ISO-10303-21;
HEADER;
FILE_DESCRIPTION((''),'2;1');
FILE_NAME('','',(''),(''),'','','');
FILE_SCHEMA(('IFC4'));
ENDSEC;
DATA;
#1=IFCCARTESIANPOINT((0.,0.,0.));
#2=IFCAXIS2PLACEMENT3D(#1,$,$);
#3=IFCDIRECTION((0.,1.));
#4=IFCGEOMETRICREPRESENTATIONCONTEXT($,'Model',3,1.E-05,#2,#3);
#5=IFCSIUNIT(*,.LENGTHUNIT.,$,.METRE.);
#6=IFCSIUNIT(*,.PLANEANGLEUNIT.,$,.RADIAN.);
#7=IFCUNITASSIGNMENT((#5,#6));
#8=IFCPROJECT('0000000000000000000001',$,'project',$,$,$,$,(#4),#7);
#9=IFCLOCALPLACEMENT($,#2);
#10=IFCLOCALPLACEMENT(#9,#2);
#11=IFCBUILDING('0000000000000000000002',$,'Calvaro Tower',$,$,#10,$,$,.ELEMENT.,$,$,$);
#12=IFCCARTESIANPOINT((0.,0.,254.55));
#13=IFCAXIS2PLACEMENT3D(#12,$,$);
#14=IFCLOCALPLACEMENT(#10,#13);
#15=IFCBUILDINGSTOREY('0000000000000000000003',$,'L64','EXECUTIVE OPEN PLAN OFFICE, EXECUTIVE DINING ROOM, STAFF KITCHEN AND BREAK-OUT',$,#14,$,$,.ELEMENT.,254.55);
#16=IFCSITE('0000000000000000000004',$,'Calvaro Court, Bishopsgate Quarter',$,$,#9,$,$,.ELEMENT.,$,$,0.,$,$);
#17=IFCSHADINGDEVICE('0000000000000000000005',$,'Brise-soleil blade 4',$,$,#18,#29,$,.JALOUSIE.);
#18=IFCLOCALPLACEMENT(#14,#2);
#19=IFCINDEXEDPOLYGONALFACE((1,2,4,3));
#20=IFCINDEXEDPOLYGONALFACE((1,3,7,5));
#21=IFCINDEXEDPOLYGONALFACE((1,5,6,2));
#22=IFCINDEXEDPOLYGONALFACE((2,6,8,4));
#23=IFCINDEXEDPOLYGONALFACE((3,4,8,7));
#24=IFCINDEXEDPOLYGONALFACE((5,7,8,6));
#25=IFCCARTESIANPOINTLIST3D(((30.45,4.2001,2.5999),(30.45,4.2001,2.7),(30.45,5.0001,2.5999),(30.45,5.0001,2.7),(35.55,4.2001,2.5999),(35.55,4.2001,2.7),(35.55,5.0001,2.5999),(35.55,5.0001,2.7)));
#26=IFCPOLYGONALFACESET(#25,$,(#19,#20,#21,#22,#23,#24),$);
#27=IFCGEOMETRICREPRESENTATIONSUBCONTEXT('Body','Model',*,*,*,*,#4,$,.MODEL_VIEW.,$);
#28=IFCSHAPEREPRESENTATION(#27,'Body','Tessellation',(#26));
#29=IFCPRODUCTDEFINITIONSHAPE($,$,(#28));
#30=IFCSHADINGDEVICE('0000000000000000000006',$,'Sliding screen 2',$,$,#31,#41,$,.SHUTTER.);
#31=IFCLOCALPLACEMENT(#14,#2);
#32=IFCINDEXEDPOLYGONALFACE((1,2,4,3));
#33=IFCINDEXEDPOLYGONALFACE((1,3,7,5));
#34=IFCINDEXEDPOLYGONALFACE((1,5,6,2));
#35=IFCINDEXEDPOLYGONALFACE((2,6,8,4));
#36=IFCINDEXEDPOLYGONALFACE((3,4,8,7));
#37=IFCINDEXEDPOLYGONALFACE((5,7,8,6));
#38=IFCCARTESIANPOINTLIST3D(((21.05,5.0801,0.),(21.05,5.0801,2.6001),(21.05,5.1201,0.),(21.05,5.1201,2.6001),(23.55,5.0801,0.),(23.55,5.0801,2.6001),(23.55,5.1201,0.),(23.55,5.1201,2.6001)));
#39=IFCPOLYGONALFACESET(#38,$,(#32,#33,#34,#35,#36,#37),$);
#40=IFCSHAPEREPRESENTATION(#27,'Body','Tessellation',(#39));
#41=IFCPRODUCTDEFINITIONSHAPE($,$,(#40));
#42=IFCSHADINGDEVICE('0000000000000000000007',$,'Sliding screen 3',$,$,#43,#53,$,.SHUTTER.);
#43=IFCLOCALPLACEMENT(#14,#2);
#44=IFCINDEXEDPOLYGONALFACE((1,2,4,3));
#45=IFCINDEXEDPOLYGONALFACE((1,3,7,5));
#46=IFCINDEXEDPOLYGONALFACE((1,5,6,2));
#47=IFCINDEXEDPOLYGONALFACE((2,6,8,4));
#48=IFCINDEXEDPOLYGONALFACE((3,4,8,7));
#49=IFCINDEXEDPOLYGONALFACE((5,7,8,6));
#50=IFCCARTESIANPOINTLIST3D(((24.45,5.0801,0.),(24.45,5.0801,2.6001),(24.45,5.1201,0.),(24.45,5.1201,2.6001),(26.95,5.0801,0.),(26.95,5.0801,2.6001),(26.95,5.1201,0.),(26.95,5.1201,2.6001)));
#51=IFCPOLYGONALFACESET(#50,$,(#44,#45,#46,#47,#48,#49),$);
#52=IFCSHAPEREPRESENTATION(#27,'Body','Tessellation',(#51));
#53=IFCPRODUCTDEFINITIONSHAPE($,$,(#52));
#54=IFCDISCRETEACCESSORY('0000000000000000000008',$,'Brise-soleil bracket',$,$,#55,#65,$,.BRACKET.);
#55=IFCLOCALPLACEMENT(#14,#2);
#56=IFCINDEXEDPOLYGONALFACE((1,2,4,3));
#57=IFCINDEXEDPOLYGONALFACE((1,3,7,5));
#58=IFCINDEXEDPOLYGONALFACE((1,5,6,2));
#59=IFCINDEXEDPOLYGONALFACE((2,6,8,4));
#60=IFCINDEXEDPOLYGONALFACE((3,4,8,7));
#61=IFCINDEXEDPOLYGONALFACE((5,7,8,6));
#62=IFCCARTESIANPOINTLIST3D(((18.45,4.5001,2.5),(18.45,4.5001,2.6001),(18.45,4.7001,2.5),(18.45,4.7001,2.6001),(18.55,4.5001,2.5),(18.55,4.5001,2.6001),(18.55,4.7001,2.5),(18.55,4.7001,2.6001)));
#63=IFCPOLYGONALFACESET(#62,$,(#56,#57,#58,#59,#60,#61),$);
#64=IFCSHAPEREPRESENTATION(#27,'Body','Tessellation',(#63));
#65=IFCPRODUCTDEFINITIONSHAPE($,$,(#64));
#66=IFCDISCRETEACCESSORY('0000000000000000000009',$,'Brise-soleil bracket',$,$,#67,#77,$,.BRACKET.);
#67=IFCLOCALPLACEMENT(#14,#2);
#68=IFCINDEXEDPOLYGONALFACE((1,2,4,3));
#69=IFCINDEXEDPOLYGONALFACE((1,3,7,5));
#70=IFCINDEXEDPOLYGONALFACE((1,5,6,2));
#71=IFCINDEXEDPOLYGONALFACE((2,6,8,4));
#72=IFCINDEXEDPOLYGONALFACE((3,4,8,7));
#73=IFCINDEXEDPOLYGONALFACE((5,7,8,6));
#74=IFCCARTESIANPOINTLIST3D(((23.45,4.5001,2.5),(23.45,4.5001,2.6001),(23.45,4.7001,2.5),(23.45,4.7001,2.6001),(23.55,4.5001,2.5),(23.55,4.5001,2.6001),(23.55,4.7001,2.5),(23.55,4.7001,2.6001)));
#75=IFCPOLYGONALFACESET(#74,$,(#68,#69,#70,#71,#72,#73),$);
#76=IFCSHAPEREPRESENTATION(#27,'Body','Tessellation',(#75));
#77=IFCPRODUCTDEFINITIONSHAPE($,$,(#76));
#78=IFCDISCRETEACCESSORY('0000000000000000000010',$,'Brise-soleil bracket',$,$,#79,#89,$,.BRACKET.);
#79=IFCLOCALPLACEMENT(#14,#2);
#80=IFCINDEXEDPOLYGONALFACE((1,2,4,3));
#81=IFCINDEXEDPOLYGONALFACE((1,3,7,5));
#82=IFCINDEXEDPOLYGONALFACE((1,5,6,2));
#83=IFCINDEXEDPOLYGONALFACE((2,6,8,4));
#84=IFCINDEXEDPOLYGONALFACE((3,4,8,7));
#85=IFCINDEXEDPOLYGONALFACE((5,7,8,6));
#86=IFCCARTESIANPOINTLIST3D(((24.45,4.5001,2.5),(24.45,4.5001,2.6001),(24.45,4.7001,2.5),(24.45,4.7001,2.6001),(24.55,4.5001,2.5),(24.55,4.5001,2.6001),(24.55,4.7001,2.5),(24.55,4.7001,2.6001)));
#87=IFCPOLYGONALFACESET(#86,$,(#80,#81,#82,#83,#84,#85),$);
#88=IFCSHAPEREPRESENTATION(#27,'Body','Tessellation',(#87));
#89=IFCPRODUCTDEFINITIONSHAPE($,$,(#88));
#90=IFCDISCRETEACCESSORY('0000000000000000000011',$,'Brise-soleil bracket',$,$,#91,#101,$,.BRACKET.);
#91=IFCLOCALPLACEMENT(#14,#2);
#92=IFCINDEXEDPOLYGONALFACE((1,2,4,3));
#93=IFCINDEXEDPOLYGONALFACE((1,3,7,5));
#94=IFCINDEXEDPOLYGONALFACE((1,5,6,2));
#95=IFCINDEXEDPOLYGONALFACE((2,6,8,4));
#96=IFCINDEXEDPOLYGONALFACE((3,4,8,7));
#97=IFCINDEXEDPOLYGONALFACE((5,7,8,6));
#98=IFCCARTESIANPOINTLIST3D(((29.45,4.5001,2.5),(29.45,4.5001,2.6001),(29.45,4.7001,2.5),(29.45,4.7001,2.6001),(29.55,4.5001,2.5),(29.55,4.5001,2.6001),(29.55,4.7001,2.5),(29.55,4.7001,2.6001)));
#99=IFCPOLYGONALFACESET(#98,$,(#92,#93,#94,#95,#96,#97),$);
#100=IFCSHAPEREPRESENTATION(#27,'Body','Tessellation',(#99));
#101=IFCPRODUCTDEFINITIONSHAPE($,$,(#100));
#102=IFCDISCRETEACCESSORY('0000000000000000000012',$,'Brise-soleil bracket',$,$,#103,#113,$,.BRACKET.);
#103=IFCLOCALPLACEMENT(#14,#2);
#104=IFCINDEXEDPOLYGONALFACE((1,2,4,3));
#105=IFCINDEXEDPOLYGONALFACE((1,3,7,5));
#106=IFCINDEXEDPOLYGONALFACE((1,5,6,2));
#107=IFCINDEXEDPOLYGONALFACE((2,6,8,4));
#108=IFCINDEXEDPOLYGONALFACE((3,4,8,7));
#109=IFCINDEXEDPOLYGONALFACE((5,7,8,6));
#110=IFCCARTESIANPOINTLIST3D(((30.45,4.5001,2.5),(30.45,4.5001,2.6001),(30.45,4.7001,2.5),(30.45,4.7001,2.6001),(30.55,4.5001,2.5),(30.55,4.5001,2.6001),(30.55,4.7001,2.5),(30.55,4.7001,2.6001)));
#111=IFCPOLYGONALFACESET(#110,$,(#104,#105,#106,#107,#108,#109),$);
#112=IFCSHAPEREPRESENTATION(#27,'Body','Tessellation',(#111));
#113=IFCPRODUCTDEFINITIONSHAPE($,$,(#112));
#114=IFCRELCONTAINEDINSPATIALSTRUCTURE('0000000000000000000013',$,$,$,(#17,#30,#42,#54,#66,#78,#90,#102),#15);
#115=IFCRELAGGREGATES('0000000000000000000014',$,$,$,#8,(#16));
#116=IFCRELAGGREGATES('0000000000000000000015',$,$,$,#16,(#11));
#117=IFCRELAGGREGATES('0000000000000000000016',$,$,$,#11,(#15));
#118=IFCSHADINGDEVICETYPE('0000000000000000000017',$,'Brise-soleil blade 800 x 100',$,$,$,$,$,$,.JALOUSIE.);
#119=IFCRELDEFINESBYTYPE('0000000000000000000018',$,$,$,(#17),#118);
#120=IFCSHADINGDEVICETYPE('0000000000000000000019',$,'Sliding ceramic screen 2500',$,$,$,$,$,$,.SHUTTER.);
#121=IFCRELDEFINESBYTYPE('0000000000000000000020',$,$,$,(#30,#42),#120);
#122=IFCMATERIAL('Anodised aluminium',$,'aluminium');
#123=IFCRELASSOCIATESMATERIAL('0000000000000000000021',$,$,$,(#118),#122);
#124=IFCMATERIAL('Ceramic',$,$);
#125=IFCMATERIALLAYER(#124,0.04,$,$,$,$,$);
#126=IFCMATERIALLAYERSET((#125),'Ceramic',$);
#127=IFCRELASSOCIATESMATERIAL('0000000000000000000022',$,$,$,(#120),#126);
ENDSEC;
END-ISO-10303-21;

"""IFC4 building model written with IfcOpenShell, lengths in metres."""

from ifc_helpers import new_model, si_unit, direction, frame, origin, origin_2d, place, context, subcontext, project, spatial, rectangle, extrude, material, layer, layer_set, material_profile, profile_set, type_object, element, save


model = new_model("IFC4")

# Units and contexts
model_context = context("Model", 3, precision=1e-05, world=origin(), true_north=direction((0.0, 1.0)))
body_context = subcontext(model_context, "Body", "Model", "MODEL_VIEW")
ifc_project = project(units=[si_unit("LENGTHUNIT", "METRE"), si_unit("PLANEANGLEUNIT", "RADIAN")], contexts=[model_context])

# Site, building, storey
site_placement = place(None, origin())
site = spatial("IfcSite", under=ifc_project, at=site_placement, Name="Calvaro Court, Bishopsgate Quarter", CompositionType="ELEMENT", RefElevation=0.0)
building_placement = place(site_placement, origin())
building = spatial("IfcBuilding", under=site, at=building_placement, Name="Calvaro Tower", CompositionType="ELEMENT")
storey_placement = place(building_placement, frame((0.0, 0.0, 254.55)))
storey = spatial("IfcBuildingStorey", under=building, at=storey_placement, Name="L64", Description="EXECUTIVE OPEN PLAN OFFICE, EXECUTIVE DINING ROOM, STAFF KITCHEN AND BREAK-OUT", CompositionType="ELEMENT", Elevation=254.55)

# Shading devices
ifc_material_1 = material(Name="Anodised aluminium", Category="aluminium")
ifc_material_profile_1 = material_profile(ifc_material_1, rectangle(XDim=0.8, YDim=0.1001, at=origin_2d()), Name="Brise-soleil blade 800 x 100")
ifc_profile_set_1 = profile_set([ifc_material_profile_1], Name="Anodised aluminium")
shading_device_type_1 = type_object("IfcShadingDeviceType", Name="Brise-soleil blade 800 x 100", PredefinedType="JALOUSIE", material=ifc_profile_set_1)
for number, where, z_axis, x_axis, name in (
    (1, (30.45, 4.6001, 2.6499), (1.0, 0.0, 0.0), (0.0, 1.0, 0.0), "Brise-soleil blade 4"),
):
    element("IfcShadingDevice", number, at=place(storey_placement, frame(where, z_axis=z_axis, x_axis=x_axis)), inside=storey, type_object=shading_device_type_1, Name=name, PredefinedType="JALOUSIE", context=body_context, shape_type="SweptSolid", body=[
        extrude(rectangle(XDim=0.8, YDim=0.1001, at=origin_2d()), origin(), (0.0, 0.0, 1.0), 5.1001),
    ])
ifc_material_2 = material(Name="Ceramic")
ifc_layer_1 = layer(ifc_material_2, 0.04)
ifc_layer_set_1 = layer_set([ifc_layer_1], Name="Ceramic")
shading_device_type_2 = type_object("IfcShadingDeviceType", Name="Sliding ceramic screen 2500", PredefinedType="SHUTTER", material=ifc_layer_set_1)
for number, where, z_axis, x_axis, name in (
    (2, (22.3, 5.1001, 0.0), (0.0, 0.0, 1.0), (1.0, 0.0, 0.0), "Sliding screen 2"),
    (3, (25.7, 5.1001, 0.0), (0.0, 0.0, 1.0), (1.0, 0.0, 0.0), "Sliding screen 3"),
):
    element("IfcShadingDevice", number, at=place(storey_placement, frame(where, z_axis=z_axis, x_axis=x_axis)), inside=storey, type_object=shading_device_type_2, Name=name, PredefinedType="SHUTTER", context=body_context, shape_type="SweptSolid", body=[
        extrude(rectangle(XDim=2.5, YDim=0.04, at=origin_2d()), origin(), (0.0, 0.0, 1.0), 2.6001),
    ])

# Discrete accessories
for number, where, z_axis, x_axis, name in (
    (4, (18.5, 4.6001, 2.5), (0.0, 0.0, 1.0), (1.0, 0.0, 0.0), "Brise-soleil bracket"),
    (5, (23.5, 4.6001, 2.5), (0.0, 0.0, 1.0), (1.0, 0.0, 0.0), "Brise-soleil bracket"),
    (6, (24.5, 4.6001, 2.5), (0.0, 0.0, 1.0), (1.0, 0.0, 0.0), "Brise-soleil bracket"),
    (7, (29.5, 4.6001, 2.5), (0.0, 0.0, 1.0), (1.0, 0.0, 0.0), "Brise-soleil bracket"),
    (8, (30.5, 4.6001, 2.5), (0.0, 0.0, 1.0), (1.0, 0.0, 0.0), "Brise-soleil bracket"),
):
    element("IfcDiscreteAccessory", number, at=place(storey_placement, frame(where, z_axis=z_axis, x_axis=x_axis)), inside=storey, Name=name, PredefinedType="BRACKET", context=body_context, shape_type="SweptSolid", body=[
        extrude(rectangle(XDim=0.1001, YDim=0.2, at=origin_2d()), origin(), (0.0, 0.0, 1.0), 0.1001),
    ])

save(model, "model.ifc")
